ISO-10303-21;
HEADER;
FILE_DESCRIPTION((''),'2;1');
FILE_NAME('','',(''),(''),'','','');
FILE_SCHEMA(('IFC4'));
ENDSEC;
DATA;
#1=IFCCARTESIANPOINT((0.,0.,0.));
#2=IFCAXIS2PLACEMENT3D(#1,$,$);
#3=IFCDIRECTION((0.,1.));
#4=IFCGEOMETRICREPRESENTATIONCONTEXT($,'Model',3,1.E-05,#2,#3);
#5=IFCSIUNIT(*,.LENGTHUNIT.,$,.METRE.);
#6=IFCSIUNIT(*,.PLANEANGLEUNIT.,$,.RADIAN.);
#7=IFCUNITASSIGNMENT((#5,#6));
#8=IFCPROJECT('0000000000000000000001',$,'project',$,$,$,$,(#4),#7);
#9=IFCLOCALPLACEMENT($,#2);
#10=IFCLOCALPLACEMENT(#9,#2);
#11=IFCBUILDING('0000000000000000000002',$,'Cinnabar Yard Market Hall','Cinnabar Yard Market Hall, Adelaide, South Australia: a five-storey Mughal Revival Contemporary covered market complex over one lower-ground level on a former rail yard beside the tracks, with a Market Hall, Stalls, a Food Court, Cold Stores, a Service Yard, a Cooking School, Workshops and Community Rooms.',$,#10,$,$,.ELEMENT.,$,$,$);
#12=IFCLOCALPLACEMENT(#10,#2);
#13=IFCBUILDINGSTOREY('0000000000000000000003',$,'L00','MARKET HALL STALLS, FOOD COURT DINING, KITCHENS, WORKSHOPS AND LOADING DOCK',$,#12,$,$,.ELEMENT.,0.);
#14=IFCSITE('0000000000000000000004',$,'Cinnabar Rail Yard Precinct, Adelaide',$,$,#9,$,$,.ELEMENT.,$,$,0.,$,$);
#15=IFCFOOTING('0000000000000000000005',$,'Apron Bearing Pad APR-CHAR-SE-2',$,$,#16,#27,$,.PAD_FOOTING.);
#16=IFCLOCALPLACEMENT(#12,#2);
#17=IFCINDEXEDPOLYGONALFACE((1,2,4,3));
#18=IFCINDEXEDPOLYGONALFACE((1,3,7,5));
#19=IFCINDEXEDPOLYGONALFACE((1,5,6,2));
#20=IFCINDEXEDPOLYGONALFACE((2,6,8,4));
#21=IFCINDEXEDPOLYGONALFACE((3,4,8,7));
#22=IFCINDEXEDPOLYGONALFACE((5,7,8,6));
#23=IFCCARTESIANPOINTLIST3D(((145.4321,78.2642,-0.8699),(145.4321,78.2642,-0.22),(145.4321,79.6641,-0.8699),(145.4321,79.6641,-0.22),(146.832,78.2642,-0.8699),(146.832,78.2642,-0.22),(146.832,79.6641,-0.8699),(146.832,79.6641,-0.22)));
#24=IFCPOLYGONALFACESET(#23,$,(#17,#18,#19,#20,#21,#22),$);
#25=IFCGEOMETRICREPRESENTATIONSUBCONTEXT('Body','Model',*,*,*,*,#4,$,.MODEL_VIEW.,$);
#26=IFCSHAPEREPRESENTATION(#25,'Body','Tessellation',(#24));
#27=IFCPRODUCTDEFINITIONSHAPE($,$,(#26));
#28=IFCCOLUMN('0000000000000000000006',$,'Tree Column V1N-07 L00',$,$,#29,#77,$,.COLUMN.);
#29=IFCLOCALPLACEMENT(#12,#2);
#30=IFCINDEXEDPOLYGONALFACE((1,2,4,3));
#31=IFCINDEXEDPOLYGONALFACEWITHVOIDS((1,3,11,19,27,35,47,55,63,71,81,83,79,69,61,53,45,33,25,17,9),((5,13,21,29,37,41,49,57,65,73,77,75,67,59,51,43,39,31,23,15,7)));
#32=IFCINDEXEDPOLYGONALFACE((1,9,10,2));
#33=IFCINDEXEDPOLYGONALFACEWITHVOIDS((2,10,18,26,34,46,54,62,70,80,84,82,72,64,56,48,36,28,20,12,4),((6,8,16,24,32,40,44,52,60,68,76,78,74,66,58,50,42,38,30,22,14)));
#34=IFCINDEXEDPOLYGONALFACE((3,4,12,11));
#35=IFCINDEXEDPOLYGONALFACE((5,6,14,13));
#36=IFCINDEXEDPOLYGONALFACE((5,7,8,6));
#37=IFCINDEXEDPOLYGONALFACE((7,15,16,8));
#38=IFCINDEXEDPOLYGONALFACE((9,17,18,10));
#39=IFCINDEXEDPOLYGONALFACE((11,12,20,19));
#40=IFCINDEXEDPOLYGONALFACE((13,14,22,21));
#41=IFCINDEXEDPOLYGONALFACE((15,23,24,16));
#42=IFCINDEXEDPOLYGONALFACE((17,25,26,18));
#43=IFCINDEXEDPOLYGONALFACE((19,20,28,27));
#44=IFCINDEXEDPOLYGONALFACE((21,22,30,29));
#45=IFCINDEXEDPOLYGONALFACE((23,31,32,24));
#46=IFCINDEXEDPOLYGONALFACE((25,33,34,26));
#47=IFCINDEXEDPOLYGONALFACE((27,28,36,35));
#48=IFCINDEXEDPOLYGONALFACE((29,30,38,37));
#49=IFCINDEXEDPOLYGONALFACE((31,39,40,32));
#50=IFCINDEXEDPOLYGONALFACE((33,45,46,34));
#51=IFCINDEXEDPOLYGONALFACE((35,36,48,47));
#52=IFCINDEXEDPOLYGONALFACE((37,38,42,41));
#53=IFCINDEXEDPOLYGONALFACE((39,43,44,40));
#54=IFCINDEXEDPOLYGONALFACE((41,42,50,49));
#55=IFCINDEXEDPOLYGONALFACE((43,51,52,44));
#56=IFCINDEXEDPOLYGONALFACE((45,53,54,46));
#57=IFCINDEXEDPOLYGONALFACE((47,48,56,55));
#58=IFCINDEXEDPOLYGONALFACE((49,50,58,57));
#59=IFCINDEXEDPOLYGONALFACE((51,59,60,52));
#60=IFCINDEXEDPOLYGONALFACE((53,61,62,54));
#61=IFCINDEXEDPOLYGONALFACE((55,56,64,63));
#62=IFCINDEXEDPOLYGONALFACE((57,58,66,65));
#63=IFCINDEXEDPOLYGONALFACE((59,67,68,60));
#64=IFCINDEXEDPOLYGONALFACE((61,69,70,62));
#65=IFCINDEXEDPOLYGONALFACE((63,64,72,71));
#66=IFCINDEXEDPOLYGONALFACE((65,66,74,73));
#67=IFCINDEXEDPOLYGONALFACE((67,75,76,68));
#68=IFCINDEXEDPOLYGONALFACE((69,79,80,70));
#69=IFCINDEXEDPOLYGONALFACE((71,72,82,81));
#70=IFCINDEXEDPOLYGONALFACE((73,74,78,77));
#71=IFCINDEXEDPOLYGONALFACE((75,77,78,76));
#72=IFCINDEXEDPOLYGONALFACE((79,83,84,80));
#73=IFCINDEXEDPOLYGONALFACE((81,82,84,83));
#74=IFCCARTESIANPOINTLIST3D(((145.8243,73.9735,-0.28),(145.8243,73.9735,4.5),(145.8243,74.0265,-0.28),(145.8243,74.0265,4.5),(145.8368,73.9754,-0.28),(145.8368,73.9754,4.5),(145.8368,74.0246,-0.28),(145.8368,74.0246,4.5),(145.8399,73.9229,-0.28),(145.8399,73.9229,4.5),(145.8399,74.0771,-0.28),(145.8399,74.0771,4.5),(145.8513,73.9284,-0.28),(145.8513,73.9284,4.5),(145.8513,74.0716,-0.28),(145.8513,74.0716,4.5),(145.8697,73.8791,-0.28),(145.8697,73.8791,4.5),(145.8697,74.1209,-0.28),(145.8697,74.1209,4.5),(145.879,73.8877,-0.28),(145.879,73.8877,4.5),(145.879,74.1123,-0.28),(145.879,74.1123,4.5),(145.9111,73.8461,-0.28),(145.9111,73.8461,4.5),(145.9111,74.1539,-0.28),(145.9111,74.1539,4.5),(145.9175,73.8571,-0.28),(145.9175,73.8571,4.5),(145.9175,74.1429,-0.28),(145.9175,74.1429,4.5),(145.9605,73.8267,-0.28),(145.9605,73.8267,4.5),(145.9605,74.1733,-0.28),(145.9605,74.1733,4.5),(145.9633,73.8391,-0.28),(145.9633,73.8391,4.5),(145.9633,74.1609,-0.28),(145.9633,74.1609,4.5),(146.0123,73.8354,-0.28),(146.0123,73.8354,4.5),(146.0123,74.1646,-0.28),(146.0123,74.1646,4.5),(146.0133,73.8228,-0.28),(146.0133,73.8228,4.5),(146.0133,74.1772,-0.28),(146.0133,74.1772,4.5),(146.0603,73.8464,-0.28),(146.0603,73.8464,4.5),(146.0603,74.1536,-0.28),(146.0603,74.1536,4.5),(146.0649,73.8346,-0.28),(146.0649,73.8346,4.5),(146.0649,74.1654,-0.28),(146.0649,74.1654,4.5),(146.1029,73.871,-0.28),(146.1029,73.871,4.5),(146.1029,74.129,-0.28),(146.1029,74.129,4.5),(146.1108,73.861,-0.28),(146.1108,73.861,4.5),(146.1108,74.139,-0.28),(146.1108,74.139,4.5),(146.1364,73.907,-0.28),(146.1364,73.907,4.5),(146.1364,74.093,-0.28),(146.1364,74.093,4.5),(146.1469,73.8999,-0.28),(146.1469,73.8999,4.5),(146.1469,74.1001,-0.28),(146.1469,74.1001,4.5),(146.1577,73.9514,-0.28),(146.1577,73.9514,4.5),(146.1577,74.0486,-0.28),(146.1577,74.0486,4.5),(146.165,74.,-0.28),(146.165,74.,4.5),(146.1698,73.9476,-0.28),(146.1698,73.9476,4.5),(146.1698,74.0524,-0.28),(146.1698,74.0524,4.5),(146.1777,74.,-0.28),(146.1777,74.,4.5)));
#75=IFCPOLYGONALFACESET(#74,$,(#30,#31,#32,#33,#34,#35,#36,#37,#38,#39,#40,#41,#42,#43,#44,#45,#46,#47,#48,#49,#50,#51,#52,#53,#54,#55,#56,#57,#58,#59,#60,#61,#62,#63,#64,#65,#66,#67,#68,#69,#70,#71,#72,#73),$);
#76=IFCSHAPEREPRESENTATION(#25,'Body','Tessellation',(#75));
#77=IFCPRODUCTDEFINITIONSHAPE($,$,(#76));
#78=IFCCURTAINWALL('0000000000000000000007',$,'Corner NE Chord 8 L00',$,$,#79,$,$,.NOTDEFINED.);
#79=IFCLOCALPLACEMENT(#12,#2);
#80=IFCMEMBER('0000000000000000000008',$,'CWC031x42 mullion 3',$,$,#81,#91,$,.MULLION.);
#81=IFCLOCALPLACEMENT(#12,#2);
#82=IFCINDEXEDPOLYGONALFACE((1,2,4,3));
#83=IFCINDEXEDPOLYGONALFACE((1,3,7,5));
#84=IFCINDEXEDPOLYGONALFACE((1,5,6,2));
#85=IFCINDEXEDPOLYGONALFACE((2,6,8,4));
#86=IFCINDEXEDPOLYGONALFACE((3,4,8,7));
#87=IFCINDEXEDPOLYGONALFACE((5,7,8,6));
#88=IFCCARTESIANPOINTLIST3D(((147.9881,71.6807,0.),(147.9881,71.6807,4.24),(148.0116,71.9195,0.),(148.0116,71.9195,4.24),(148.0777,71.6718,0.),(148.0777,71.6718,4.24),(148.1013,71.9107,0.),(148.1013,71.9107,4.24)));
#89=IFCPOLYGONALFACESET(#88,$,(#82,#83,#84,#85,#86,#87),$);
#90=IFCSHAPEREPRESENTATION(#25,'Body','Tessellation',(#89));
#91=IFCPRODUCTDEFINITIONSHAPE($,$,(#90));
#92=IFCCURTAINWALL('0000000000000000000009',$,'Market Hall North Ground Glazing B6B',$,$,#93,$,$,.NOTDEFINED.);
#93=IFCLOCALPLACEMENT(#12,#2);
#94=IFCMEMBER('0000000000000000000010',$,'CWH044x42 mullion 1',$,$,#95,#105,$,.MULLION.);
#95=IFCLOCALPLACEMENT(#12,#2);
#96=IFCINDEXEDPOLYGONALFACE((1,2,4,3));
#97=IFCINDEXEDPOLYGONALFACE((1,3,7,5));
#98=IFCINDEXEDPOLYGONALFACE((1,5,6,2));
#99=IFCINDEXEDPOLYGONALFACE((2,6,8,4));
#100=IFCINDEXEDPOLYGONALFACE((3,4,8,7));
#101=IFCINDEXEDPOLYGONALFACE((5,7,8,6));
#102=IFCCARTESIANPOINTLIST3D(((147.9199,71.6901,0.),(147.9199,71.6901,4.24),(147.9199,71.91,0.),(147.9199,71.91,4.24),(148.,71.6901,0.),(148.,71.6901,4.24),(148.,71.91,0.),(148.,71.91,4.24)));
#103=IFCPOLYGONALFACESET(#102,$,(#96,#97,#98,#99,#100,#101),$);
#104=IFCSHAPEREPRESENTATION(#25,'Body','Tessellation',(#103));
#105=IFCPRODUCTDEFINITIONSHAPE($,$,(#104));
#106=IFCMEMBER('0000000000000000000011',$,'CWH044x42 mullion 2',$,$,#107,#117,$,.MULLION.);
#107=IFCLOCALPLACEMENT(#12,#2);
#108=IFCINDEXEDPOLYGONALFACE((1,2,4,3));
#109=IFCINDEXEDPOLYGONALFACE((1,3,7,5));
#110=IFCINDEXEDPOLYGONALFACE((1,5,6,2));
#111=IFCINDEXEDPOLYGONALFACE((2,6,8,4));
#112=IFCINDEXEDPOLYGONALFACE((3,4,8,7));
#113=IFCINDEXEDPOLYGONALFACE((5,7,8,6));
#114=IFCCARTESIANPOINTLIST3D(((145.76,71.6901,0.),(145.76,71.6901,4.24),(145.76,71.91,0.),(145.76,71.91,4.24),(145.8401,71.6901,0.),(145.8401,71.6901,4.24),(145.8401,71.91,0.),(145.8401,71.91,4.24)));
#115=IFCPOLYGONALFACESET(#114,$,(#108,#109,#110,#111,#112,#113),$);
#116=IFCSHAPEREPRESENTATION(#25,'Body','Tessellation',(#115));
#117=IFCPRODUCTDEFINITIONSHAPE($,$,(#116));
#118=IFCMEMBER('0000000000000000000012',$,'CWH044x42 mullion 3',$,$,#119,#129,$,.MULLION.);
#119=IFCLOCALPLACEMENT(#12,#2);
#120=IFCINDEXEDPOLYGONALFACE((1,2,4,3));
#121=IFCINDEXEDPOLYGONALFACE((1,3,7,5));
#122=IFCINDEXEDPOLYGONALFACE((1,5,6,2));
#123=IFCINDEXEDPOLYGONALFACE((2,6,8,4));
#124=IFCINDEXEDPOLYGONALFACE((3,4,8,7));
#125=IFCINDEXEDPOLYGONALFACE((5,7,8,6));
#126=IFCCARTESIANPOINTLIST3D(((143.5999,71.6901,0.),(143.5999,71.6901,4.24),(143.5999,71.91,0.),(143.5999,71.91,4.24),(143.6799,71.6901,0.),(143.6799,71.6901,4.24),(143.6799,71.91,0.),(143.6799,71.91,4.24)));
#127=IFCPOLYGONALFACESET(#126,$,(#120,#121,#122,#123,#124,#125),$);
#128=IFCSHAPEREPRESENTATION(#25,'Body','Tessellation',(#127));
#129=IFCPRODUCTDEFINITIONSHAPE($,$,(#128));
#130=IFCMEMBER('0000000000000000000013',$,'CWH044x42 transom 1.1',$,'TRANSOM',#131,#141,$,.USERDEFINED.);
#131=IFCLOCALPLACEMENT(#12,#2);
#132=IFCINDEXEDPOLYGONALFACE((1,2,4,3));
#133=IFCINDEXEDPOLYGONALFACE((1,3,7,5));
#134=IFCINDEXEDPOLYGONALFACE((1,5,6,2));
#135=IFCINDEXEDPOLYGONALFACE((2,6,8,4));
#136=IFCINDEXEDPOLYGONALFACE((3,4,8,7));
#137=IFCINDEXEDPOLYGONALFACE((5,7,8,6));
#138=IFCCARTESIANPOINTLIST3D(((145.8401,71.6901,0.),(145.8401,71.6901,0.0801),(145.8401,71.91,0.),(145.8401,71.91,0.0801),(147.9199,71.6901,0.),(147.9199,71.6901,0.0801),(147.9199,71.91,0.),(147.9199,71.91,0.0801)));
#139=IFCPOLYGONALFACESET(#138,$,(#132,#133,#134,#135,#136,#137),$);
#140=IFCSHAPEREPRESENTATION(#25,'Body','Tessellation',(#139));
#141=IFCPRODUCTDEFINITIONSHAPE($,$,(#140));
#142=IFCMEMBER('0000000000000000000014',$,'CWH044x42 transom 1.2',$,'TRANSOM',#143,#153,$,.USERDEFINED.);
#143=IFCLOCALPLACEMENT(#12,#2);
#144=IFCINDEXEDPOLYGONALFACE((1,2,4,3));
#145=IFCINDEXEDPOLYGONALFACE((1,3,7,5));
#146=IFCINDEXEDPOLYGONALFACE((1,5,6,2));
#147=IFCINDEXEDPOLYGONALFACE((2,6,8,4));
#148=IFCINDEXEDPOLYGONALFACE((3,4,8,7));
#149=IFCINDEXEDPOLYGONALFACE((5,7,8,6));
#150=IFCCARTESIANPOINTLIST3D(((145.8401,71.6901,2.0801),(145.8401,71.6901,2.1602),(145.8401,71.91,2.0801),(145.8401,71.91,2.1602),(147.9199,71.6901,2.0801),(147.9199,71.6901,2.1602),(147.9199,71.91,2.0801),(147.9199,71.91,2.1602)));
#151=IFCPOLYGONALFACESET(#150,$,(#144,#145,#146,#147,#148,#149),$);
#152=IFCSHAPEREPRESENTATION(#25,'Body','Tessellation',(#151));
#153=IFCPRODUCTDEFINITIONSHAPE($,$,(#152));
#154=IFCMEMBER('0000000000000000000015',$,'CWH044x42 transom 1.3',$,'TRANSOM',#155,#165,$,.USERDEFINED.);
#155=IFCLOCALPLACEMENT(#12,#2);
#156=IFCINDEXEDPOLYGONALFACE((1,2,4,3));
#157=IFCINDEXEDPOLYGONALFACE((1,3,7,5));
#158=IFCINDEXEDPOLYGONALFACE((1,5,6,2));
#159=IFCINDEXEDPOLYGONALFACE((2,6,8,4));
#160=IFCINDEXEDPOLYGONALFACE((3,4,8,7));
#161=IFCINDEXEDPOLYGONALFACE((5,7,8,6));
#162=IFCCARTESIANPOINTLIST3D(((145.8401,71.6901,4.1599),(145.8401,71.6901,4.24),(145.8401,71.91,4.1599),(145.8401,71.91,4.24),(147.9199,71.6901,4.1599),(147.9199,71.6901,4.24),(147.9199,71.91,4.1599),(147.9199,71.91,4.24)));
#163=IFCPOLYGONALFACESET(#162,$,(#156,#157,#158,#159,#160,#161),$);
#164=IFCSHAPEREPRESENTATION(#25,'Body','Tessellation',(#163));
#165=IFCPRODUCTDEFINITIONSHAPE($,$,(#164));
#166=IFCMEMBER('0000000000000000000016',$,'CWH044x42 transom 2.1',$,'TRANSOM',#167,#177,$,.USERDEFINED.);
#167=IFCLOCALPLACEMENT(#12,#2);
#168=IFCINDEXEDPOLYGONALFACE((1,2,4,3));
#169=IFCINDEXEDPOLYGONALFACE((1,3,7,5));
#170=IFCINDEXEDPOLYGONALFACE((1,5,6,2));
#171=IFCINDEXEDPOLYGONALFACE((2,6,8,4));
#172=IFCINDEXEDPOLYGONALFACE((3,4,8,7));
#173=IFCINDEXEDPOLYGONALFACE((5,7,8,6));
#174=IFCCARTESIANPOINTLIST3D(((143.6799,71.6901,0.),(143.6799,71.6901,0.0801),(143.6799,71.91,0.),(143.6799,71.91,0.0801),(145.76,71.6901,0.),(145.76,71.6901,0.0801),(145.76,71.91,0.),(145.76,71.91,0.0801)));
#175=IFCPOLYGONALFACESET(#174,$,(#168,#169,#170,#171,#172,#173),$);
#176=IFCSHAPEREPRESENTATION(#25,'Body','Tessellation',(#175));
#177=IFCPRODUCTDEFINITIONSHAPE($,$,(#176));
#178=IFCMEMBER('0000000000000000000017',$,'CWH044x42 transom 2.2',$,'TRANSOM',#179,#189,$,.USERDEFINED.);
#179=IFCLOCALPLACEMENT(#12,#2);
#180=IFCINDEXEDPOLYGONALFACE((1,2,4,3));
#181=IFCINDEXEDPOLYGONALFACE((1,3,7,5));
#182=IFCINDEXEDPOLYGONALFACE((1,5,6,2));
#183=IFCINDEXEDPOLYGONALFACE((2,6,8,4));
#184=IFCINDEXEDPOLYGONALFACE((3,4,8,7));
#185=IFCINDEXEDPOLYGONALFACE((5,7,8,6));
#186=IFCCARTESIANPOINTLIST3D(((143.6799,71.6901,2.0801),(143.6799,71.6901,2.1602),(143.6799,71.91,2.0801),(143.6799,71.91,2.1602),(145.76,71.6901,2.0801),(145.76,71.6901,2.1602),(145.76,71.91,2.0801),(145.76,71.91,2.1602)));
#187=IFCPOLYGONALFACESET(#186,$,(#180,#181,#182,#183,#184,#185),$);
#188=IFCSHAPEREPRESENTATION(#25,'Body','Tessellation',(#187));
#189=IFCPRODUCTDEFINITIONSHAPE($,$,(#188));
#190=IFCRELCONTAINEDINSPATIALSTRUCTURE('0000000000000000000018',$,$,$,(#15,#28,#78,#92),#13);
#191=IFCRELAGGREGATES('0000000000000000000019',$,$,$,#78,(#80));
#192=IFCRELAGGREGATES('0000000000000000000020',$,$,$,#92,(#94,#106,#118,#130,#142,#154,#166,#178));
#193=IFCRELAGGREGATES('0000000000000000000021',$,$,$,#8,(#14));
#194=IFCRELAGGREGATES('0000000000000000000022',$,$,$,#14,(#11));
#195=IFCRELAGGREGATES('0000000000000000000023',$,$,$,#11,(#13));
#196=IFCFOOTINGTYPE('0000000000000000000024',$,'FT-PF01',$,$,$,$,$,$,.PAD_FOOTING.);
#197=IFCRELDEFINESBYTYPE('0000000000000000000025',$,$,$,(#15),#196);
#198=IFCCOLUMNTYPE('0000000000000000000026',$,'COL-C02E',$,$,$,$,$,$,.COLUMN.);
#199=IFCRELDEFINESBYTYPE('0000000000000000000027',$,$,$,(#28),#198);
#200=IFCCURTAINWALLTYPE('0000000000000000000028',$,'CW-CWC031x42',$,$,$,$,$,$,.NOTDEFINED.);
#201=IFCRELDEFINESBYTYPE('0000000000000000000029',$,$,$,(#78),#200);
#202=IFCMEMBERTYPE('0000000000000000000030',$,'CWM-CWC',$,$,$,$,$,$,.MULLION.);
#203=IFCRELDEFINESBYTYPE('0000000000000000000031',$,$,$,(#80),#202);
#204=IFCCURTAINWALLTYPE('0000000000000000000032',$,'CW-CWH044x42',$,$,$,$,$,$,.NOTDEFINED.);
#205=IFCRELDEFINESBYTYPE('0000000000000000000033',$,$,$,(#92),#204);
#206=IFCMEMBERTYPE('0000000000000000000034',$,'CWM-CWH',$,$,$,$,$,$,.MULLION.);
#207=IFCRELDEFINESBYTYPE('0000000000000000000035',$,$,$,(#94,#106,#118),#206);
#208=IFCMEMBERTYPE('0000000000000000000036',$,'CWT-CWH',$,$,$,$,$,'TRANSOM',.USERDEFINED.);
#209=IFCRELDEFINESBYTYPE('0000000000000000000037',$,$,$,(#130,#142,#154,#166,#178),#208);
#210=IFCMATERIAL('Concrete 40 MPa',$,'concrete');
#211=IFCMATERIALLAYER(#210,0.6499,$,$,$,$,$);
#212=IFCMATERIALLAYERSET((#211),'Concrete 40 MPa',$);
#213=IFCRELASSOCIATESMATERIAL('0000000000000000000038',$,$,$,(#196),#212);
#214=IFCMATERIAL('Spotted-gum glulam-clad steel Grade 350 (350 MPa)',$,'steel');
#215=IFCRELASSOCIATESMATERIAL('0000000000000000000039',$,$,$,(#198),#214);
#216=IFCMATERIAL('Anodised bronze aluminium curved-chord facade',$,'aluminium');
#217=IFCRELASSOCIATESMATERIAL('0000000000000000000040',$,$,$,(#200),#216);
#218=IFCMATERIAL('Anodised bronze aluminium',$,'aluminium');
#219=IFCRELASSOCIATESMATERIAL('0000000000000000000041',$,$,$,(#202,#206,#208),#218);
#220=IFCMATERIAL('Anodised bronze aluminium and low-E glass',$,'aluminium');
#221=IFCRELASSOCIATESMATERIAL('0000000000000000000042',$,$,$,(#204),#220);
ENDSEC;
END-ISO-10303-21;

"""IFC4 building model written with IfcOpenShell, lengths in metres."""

from ifc_helpers import new_model, si_unit, direction, frame, origin, origin_2d_with_axis, place, context, subcontext, project, spatial, rectangle, hollow_circle, extrude, material, layer, layer_set, material_profile, profile_set, type_object, element, aggregate, save


model = new_model("IFC4")

# Units and contexts
model_context = context("Model", 3, precision=1e-05, world=origin(), true_north=direction((0.0, 1.0)))
body_context = subcontext(model_context, "Body", "Model", "MODEL_VIEW")
ifc_project = project(units=[si_unit("LENGTHUNIT", "METRE"), si_unit("PLANEANGLEUNIT", "RADIAN")], contexts=[model_context])

# Site, building, storey
site_placement = place(None, origin())
site = spatial("IfcSite", under=ifc_project, at=site_placement, Name="Cinnabar Rail Yard Precinct, Adelaide", CompositionType="ELEMENT", RefElevation=0.0)
building_placement = place(site_placement, origin())
building = spatial("IfcBuilding", under=site, at=building_placement, Name="Cinnabar Yard Market Hall", Description="Cinnabar Yard Market Hall, Adelaide, South Australia: a five-storey Mughal Revival Contemporary covered market complex over one lower-ground level on a former rail yard beside the tracks, with a Market Hall, Stalls, a Food Court, Cold Stores, a Service Yard, a Cooking School, Workshops and Community Rooms.", CompositionType="ELEMENT")
storey_placement = place(building_placement, origin())
storey = spatial("IfcBuildingStorey", under=building, at=storey_placement, Name="L00", Description="MARKET HALL STALLS, FOOD COURT DINING, KITCHENS, WORKSHOPS AND LOADING DOCK", CompositionType="ELEMENT", Elevation=0.0)

# Footing
ifc_material_1 = material(Name="Concrete 40 MPa", Category="concrete")
ifc_layer_1 = layer(ifc_material_1, 0.6499)
ifc_layer_set_1 = layer_set([ifc_layer_1], Name="Concrete 40 MPa")
footing_type = type_object("IfcFootingType", Name="FT-PF01", PredefinedType="PAD_FOOTING", material=ifc_layer_set_1)
footing_placement = place(storey_placement, frame((146.1321, 78.9641, -0.8699), z_axis=(0.0, 0.0, 1.0), x_axis=(1.0, 0.0, 0.0)))
element("IfcFooting", 1, at=footing_placement, inside=storey, type_object=footing_type, Name="Apron Bearing Pad APR-CHAR-SE-2", PredefinedType="PAD_FOOTING", context=body_context, shape_type="SweptSolid", body=[
    extrude(rectangle(XDim=1.3999, YDim=1.3999, at=origin_2d_with_axis()), origin(), (0.0, 0.0, 1.0), 0.6499),
])

# Column
ifc_material_2 = material(Name="Spotted-gum glulam-clad steel Grade 350 (350 MPa)", Category="steel")
ifc_material_profile_1 = material_profile(ifc_material_2, hollow_circle(Radius=0.1777, WallThickness=0.0127, at=origin_2d_with_axis()), Name="355.6x12.7CHS")
ifc_profile_set_1 = profile_set([ifc_material_profile_1], Name="Spotted-gum glulam-clad steel Grade 350 (350 MPa)")
column_type = type_object("IfcColumnType", Name="COL-C02E", PredefinedType="COLUMN", material=ifc_profile_set_1)
column_placement = place(storey_placement, frame((146.0, 74.0, -0.28), z_axis=(0.0, 0.0, 1.0), x_axis=(1.0, 0.0, 0.0)))
element("IfcColumn", 2, at=column_placement, inside=storey, type_object=column_type, Name="Tree Column V1N-07 L00", PredefinedType="COLUMN", context=body_context, shape_type="SweptSolid", body=[
    extrude(hollow_circle(Radius=0.1777, WallThickness=0.0127, at=origin_2d_with_axis()), origin(), (0.0, 0.0, 1.0), 4.78),
])

# Curtain wall, member
ifc_material_3 = material(Name="Anodised bronze aluminium curved-chord facade", Category="aluminium")
curtain_wall_type_1 = type_object("IfcCurtainWallType", Name="CW-CWC031x42", PredefinedType="NOTDEFINED", material=ifc_material_3)
curtain_wall_1_placement = place(storey_placement, origin())
curtain_wall_1 = element("IfcCurtainWall", 3, at=curtain_wall_1_placement, inside=storey, type_object=curtain_wall_type_1, Name="Corner NE Chord 8 L00", PredefinedType="NOTDEFINED")
ifc_material_4 = material(Name="Anodised bronze aluminium", Category="aluminium")
ifc_material_profile_2 = material_profile(ifc_material_4, rectangle(XDim=0.24, YDim=0.0901, at=origin_2d_with_axis()), Name="MUL-CWC")
ifc_profile_set_2 = profile_set([ifc_material_profile_2], Name="Anodised bronze aluminium")
member_type_1 = type_object("IfcMemberType", Name="CWM-CWC", PredefinedType="MULLION", material=ifc_profile_set_2)
member_1_placement = place(storey_placement, frame((148.0447, 71.7957, 0.0), z_axis=(0.0, 0.0, 1.0), x_axis=(-0.09802, -0.995184, 0.0)))
member_1 = element("IfcMember", 4, at=member_1_placement, type_object=member_type_1, Name="CWC031x42 mullion 3", PredefinedType="MULLION", context=body_context, shape_type="SweptSolid", body=[
    extrude(rectangle(XDim=0.24, YDim=0.0901, at=origin_2d_with_axis()), origin(), (0.0, 0.0, 1.0), 4.24),
])
aggregate(curtain_wall_1, [member_1])

# Curtain wall, members
ifc_material_5 = material(Name="Anodised bronze aluminium and low-E glass", Category="aluminium")
curtain_wall_type_2 = type_object("IfcCurtainWallType", Name="CW-CWH044x42", PredefinedType="NOTDEFINED", material=ifc_material_5)
curtain_wall_2_placement = place(storey_placement, origin())
curtain_wall_2 = element("IfcCurtainWall", 5, at=curtain_wall_2_placement, inside=storey, type_object=curtain_wall_type_2, Name="Market Hall North Ground Glazing B6B", PredefinedType="NOTDEFINED")
ifc_material_profile_3 = material_profile(ifc_material_4, rectangle(XDim=0.22, YDim=0.0801, at=origin_2d_with_axis()), Name="MUL-CWH")
ifc_profile_set_3 = profile_set([ifc_material_profile_3], Name="Anodised bronze aluminium")
member_type_2 = type_object("IfcMemberType", Name="CWM-CWH", PredefinedType="MULLION", material=ifc_profile_set_3)
member_2_placement = place(storey_placement, frame((147.96, 71.8, 0.0), z_axis=(0.0, 0.0, 1.0), x_axis=(0.0, -1.0, 0.0)))
member_2 = element("IfcMember", 6, at=member_2_placement, type_object=member_type_2, Name="CWH044x42 mullion 1", PredefinedType="MULLION", context=body_context, shape_type="SweptSolid", body=[
    extrude(rectangle(XDim=0.22, YDim=0.0801, at=origin_2d_with_axis()), origin(), (0.0, 0.0, 1.0), 4.24),
])
member_3_placement = place(storey_placement, frame((145.8, 71.8, 0.0), z_axis=(0.0, 0.0, 1.0), x_axis=(0.0, -1.0, 0.0)))
member_3 = element("IfcMember", 7, at=member_3_placement, type_object=member_type_2, Name="CWH044x42 mullion 2", PredefinedType="MULLION", context=body_context, shape_type="SweptSolid", body=[
    extrude(rectangle(XDim=0.22, YDim=0.0801, at=origin_2d_with_axis()), origin(), (0.0, 0.0, 1.0), 4.24),
])
member_4_placement = place(storey_placement, frame((143.6399, 71.8, 0.0), z_axis=(0.0, 0.0, 1.0), x_axis=(0.0, -1.0, 0.0)))
member_4 = element("IfcMember", 8, at=member_4_placement, type_object=member_type_2, Name="CWH044x42 mullion 3", PredefinedType="MULLION", context=body_context, shape_type="SweptSolid", body=[
    extrude(rectangle(XDim=0.22, YDim=0.0801, at=origin_2d_with_axis()), origin(), (0.0, 0.0, 1.0), 4.24),
])
ifc_material_profile_4 = material_profile(ifc_material_4, rectangle(XDim=0.22, YDim=0.0801, at=origin_2d_with_axis()), Name="TRN-CWH")
ifc_profile_set_4 = profile_set([ifc_material_profile_4], Name="Anodised bronze aluminium")
member_type_3 = type_object("IfcMemberType", Name="CWT-CWH", ElementType="TRANSOM", PredefinedType="USERDEFINED", material=ifc_profile_set_4)
member_5_placement = place(storey_placement, frame((147.9199, 71.8, 0.04), z_axis=(-1.0, 0.0, 0.0), x_axis=(0.0, -1.0, 0.0)))
member_5 = element("IfcMember", 9, at=member_5_placement, type_object=member_type_3, Name="CWH044x42 transom 1.1", ObjectType="TRANSOM", PredefinedType="USERDEFINED", context=body_context, shape_type="SweptSolid", body=[
    extrude(rectangle(XDim=0.22, YDim=0.0801, at=origin_2d_with_axis()), origin(), (0.0, 0.0, 1.0), 2.0798),
])
member_6_placement = place(storey_placement, frame((147.9199, 71.8, 2.1201), z_axis=(-1.0, 0.0, 0.0), x_axis=(0.0, -1.0, 0.0)))
member_6 = element("IfcMember", 10, at=member_6_placement, type_object=member_type_3, Name="CWH044x42 transom 1.2", ObjectType="TRANSOM", PredefinedType="USERDEFINED", context=body_context, shape_type="SweptSolid", body=[
    extrude(rectangle(XDim=0.22, YDim=0.0801, at=origin_2d_with_axis()), origin(), (0.0, 0.0, 1.0), 2.0798),
])
member_7_placement = place(storey_placement, frame((147.9199, 71.8, 4.2), z_axis=(-1.0, 0.0, 0.0), x_axis=(0.0, -1.0, 0.0)))
member_7 = element("IfcMember", 11, at=member_7_placement, type_object=member_type_3, Name="CWH044x42 transom 1.3", ObjectType="TRANSOM", PredefinedType="USERDEFINED", context=body_context, shape_type="SweptSolid", body=[
    extrude(rectangle(XDim=0.22, YDim=0.0801, at=origin_2d_with_axis()), origin(), (0.0, 0.0, 1.0), 2.0798),
])
member_8_placement = place(storey_placement, frame((145.76, 71.8, 0.04), z_axis=(-1.0, 0.0, 0.0), x_axis=(0.0, -1.0, 0.0)))
member_8 = element("IfcMember", 12, at=member_8_placement, type_object=member_type_3, Name="CWH044x42 transom 2.1", ObjectType="TRANSOM", PredefinedType="USERDEFINED", context=body_context, shape_type="SweptSolid", body=[
    extrude(rectangle(XDim=0.22, YDim=0.0801, at=origin_2d_with_axis()), origin(), (0.0, 0.0, 1.0), 2.0801),
])
member_9_placement = place(storey_placement, frame((145.76, 71.8, 2.1201), z_axis=(-1.0, 0.0, 0.0), x_axis=(0.0, -1.0, 0.0)))
member_9 = element("IfcMember", 13, at=member_9_placement, type_object=member_type_3, Name="CWH044x42 transom 2.2", ObjectType="TRANSOM", PredefinedType="USERDEFINED", context=body_context, shape_type="SweptSolid", body=[
    extrude(rectangle(XDim=0.22, YDim=0.0801, at=origin_2d_with_axis()), origin(), (0.0, 0.0, 1.0), 2.0801),
])
aggregate(curtain_wall_2, [member_2, member_3, member_4, member_5, member_6, member_7, member_8, member_9])

save(model, "model.ifc")
